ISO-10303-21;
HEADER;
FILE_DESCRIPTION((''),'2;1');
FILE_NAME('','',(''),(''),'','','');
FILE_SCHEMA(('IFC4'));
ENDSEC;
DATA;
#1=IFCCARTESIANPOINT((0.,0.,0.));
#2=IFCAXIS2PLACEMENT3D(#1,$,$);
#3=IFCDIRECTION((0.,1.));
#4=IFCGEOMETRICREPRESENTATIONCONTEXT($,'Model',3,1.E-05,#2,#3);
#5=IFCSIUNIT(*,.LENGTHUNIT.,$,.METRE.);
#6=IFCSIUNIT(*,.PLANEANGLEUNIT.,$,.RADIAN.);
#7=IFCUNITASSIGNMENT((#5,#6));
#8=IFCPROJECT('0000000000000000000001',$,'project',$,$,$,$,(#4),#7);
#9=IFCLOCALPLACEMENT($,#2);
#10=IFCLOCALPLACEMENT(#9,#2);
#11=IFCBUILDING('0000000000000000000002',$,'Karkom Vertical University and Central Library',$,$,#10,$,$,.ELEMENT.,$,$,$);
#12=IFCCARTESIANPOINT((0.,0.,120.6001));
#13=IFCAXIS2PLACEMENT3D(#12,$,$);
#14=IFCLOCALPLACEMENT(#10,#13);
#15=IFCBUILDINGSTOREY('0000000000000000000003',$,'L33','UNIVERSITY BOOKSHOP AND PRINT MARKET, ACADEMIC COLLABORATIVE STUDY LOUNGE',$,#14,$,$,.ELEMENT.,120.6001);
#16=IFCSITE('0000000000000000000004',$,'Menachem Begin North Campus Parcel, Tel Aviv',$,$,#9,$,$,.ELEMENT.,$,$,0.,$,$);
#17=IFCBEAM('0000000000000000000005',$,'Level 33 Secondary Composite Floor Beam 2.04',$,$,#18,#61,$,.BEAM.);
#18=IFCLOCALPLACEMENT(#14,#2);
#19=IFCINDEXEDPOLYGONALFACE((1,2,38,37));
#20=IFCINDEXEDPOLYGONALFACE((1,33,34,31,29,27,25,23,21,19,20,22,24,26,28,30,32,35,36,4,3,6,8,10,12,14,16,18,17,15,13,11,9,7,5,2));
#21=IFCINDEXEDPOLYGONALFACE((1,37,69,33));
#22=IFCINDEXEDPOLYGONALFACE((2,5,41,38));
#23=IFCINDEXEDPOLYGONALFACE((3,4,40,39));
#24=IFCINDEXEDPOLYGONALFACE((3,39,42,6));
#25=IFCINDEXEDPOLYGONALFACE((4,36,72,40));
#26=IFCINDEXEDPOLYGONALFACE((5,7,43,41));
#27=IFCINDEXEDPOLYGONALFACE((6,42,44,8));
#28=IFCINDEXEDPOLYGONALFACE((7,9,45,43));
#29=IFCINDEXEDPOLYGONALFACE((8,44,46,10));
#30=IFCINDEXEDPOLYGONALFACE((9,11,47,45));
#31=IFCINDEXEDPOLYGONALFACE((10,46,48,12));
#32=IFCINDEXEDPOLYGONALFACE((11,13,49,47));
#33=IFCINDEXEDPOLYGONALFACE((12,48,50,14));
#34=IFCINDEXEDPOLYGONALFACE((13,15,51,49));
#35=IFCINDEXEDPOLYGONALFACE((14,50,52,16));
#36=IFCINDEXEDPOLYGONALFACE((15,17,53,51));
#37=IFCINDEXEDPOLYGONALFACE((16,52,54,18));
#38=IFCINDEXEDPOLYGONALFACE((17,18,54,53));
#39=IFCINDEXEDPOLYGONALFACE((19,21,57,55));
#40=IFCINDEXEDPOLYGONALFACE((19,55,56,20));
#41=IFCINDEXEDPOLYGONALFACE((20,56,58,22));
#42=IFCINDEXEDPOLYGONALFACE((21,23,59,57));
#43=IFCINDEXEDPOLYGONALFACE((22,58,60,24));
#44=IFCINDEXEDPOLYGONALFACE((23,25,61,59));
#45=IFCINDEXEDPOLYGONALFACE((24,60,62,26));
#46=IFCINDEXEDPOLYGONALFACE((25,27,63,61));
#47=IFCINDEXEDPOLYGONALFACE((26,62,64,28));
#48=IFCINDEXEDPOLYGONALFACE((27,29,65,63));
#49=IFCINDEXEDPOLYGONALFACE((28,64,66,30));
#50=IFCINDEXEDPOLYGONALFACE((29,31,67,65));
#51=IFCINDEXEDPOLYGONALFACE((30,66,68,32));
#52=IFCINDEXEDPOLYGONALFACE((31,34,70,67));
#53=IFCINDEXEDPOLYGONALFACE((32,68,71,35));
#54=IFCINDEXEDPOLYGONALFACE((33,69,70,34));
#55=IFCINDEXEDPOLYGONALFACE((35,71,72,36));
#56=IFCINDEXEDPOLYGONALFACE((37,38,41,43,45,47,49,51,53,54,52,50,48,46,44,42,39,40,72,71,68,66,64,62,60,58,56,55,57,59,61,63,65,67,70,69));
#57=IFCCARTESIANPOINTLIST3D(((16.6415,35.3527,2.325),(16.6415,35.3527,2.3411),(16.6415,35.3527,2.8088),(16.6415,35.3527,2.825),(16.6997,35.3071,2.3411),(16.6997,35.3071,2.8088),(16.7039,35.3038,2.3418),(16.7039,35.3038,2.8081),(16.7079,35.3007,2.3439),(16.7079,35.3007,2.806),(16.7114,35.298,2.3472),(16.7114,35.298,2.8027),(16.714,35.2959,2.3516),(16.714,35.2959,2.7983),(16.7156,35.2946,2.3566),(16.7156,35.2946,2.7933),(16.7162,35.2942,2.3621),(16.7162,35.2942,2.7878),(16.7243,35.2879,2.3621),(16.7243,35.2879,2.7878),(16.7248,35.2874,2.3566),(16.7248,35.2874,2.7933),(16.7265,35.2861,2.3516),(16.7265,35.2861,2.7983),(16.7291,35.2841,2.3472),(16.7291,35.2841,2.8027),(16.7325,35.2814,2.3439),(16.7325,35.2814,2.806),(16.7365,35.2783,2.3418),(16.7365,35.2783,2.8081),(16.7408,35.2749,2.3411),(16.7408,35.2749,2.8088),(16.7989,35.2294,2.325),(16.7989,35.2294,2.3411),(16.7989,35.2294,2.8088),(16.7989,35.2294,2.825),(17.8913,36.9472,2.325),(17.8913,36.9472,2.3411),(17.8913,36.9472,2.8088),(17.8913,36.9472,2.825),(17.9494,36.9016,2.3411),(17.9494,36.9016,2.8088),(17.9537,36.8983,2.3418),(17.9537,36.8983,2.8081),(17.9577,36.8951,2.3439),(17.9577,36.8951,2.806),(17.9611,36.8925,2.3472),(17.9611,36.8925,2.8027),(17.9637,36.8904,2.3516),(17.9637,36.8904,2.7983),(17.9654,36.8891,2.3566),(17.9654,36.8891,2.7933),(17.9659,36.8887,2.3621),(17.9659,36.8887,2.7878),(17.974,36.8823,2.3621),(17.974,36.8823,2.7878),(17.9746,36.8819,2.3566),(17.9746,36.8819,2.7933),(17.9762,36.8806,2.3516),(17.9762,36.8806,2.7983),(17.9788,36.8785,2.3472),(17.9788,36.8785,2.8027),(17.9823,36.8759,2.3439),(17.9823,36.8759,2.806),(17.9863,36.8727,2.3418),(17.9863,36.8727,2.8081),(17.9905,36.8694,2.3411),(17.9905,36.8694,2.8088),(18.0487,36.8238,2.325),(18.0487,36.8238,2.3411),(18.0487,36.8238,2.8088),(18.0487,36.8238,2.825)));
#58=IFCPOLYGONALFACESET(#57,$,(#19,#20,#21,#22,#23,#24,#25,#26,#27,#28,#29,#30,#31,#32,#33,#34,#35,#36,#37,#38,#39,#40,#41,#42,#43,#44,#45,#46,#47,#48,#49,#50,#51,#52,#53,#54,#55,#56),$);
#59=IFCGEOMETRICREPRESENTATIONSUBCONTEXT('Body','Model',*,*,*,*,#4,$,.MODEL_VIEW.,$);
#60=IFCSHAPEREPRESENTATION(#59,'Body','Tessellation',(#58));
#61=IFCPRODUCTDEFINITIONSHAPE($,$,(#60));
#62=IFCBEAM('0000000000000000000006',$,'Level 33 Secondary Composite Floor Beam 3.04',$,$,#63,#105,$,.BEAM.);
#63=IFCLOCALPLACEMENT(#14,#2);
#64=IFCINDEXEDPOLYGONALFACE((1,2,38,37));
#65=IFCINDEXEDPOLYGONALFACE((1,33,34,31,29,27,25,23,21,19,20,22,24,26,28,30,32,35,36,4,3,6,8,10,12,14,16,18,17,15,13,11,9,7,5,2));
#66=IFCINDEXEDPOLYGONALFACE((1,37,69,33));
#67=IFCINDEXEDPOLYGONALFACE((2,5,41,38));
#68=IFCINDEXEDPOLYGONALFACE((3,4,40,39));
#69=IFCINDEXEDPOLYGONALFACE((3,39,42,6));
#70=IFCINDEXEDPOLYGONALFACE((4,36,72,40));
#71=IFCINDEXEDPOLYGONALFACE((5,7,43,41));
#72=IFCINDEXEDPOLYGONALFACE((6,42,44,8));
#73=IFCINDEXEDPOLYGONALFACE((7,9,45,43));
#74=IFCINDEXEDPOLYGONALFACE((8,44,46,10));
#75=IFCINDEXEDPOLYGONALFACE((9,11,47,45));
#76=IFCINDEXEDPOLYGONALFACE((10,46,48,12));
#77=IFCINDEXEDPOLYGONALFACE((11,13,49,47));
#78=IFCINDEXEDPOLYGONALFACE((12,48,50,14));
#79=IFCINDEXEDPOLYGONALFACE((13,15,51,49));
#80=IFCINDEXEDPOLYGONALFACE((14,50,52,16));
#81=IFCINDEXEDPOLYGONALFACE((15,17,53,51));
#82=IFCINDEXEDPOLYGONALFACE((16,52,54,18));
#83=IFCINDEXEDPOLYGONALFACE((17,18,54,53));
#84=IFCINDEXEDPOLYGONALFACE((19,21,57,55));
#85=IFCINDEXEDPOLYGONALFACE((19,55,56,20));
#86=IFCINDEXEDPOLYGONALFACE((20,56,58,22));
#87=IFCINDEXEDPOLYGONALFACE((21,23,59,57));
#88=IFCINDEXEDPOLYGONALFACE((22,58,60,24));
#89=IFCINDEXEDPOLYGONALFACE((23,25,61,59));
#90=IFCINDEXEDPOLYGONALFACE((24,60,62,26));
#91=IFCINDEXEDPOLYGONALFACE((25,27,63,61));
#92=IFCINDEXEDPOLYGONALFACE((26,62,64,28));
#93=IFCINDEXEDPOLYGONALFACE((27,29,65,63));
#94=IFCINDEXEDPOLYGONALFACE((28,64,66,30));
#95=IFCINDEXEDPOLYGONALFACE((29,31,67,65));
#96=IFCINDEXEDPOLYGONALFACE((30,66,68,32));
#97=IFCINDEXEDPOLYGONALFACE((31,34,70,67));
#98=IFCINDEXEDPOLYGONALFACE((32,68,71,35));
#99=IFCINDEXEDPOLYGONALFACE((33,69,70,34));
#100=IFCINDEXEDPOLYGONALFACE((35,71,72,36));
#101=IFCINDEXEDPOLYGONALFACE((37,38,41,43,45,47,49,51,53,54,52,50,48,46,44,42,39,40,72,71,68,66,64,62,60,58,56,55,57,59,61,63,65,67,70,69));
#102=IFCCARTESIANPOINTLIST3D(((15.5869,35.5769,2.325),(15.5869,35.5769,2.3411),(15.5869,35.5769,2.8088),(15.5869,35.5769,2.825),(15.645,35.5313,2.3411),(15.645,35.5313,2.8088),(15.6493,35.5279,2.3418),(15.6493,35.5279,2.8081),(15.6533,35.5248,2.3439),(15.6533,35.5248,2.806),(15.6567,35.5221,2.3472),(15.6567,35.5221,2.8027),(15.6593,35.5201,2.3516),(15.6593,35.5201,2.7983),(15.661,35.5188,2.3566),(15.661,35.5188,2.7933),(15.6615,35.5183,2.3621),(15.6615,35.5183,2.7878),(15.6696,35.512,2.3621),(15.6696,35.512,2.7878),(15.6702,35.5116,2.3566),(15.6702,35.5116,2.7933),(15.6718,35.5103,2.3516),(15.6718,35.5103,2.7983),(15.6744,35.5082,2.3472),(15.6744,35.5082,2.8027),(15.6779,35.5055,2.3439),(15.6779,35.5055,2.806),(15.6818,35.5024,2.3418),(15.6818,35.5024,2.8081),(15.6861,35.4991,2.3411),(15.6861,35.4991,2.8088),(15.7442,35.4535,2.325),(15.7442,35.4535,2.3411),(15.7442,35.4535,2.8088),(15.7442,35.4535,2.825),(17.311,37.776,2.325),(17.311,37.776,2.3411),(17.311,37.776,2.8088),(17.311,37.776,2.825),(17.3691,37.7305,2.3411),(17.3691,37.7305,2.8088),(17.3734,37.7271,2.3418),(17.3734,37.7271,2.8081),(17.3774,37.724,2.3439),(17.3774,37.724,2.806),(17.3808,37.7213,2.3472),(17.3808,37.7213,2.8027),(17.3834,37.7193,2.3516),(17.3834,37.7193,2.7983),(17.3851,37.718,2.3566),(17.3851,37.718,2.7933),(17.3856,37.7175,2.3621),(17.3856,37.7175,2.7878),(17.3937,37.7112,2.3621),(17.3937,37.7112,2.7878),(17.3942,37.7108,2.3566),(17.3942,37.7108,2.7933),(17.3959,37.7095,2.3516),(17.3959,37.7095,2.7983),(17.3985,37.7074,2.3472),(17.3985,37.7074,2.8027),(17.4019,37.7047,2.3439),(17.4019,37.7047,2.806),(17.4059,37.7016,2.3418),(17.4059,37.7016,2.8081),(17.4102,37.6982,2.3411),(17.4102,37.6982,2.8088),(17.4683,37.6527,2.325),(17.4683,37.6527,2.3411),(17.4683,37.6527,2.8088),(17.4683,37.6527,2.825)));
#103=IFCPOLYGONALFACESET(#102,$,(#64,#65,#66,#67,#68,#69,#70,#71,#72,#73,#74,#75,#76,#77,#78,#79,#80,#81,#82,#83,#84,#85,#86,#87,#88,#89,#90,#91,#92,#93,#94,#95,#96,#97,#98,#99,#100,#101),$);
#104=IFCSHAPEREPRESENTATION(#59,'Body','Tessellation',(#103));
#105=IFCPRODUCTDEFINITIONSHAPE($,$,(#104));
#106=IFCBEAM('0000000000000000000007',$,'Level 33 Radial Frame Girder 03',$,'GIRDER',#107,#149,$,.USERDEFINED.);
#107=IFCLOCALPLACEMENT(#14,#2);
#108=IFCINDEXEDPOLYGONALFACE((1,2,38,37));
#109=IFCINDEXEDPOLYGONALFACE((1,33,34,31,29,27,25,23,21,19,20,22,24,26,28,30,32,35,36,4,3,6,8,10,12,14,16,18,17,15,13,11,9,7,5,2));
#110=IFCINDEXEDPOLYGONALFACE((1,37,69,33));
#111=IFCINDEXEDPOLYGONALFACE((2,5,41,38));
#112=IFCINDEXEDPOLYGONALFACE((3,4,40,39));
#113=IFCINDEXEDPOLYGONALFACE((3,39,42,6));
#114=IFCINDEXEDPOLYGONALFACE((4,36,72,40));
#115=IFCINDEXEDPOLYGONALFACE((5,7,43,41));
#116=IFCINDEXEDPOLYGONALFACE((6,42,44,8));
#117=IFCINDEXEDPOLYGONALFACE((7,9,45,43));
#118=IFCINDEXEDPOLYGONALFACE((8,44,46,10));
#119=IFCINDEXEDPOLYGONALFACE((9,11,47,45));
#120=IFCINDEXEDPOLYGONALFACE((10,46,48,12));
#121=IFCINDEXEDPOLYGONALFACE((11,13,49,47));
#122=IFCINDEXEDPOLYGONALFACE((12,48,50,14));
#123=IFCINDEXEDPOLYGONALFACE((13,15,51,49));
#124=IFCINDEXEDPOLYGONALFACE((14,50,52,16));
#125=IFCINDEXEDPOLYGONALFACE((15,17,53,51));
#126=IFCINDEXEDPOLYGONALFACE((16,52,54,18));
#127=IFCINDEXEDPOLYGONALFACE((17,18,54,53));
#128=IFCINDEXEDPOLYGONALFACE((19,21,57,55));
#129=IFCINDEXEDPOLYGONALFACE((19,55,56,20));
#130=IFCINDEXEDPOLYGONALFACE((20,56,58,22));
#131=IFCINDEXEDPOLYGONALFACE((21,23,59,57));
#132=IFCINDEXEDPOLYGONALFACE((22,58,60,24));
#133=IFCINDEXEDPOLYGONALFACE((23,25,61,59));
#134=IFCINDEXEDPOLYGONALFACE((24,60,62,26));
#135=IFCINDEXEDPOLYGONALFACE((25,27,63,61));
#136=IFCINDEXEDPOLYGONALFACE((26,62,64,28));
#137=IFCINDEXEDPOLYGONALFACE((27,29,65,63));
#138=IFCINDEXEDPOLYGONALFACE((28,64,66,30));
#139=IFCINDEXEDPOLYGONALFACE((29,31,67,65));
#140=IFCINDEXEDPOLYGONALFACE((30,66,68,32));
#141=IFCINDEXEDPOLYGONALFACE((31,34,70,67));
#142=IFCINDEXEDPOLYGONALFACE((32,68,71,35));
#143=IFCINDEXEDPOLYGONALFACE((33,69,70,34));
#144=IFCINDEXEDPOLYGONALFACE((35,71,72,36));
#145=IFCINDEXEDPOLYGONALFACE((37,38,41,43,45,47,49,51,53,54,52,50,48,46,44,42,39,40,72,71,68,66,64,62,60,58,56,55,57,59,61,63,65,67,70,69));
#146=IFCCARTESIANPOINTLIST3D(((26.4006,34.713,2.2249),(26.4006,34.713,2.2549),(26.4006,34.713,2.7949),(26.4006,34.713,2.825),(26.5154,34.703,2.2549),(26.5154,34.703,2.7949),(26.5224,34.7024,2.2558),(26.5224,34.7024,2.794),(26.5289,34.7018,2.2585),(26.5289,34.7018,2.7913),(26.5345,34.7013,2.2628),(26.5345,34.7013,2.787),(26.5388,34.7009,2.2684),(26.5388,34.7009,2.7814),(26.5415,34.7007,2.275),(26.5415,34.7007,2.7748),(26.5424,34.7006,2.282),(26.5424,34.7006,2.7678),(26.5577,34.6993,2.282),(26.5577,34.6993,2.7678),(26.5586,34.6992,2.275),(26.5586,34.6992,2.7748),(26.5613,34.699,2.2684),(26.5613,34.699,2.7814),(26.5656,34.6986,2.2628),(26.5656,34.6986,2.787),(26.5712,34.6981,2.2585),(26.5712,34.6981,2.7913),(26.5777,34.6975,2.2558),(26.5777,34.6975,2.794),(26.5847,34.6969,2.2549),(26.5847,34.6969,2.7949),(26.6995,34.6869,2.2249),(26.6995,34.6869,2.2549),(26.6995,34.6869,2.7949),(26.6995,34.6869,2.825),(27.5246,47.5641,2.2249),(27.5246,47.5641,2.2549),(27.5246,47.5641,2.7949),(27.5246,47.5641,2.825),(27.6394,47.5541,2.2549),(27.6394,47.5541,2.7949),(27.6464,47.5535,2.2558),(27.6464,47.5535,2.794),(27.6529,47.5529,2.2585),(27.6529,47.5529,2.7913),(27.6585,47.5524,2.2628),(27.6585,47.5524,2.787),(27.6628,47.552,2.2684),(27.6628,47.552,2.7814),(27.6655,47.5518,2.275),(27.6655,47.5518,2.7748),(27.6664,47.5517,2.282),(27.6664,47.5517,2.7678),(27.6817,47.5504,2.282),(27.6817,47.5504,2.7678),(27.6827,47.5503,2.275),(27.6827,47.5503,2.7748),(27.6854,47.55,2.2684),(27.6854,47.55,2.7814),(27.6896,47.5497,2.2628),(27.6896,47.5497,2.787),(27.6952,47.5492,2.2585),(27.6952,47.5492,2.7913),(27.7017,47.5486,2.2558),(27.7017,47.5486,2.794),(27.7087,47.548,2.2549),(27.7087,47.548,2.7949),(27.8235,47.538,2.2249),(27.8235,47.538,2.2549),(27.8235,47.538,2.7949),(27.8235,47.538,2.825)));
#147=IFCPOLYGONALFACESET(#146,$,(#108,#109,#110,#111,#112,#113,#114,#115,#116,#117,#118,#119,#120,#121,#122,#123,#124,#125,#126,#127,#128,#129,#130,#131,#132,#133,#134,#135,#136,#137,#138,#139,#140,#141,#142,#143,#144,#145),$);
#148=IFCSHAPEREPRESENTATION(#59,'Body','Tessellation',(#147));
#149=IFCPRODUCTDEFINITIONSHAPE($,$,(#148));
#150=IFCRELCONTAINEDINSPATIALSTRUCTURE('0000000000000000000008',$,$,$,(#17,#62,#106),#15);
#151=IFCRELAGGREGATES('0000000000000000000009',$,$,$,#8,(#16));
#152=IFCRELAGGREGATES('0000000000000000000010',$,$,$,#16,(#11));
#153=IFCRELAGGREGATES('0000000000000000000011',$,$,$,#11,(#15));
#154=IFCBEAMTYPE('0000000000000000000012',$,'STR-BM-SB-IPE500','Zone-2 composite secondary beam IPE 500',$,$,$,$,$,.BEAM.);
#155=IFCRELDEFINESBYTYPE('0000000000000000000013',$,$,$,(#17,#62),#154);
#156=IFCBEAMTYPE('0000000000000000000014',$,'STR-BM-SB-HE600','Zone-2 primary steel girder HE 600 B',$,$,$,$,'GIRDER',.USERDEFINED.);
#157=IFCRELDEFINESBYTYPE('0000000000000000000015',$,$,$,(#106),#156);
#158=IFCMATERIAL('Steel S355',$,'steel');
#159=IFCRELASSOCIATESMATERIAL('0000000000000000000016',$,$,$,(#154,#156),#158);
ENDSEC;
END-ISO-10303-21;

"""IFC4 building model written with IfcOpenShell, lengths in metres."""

from ifc_helpers import new_model, si_unit, direction, frame, origin, origin_with_axes, origin_2d, place, context, subcontext, project, spatial, i_section, extrude, source, transform, mapped, material, material_profile, profile_set, type_object, element, save


model = new_model("IFC4")

# Units and contexts
model_context = context("Model", 3, precision=1e-05, world=origin(), true_north=direction((0.0, 1.0)))
body_context = subcontext(model_context, "Body", "Model", "MODEL_VIEW")
ifc_project = project(units=[si_unit("LENGTHUNIT", "METRE"), si_unit("PLANEANGLEUNIT", "RADIAN")], contexts=[model_context])

# Site, building, storey
site_placement = place(None, origin())
site = spatial("IfcSite", under=ifc_project, at=site_placement, Name="Menachem Begin North Campus Parcel, Tel Aviv", CompositionType="ELEMENT", RefElevation=0.0)
building_placement = place(site_placement, origin())
building = spatial("IfcBuilding", under=site, at=building_placement, Name="Karkom Vertical University and Central Library", CompositionType="ELEMENT")
storey_placement = place(building_placement, frame((0.0, 0.0, 120.6001)))
storey = spatial("IfcBuildingStorey", under=building, at=storey_placement, Name="L33", Description="UNIVERSITY BOOKSHOP AND PRINT MARKET, ACADEMIC COLLABORATIVE STUDY LOUNGE", CompositionType="ELEMENT", Elevation=120.6001)

# Beams
ifc_material_1 = material(Name="Steel S355", Category="steel")
ifc_material_profile_1 = material_profile(ifc_material_1, i_section(OverallWidth=0.2, OverallDepth=0.5, WebThickness=0.0103, FlangeThickness=0.0161, FilletRadius=0.021, at=origin_2d()), Name="IPE 500")
ifc_profile_set_1 = profile_set([ifc_material_profile_1], Name="Steel S355")
beam_type_1 = type_object("IfcBeamType", Name="STR-BM-SB-IPE500", Description="Zone-2 composite secondary beam IPE 500", PredefinedType="BEAM", material=ifc_profile_set_1)
shared_shape_1 = source(origin_with_axes(), body_context, "Body", "SweptSolid", [
    extrude(i_section(OverallWidth=0.2, OverallDepth=0.5, WebThickness=0.0103, FlangeThickness=0.0161, FilletRadius=0.021, at=origin_2d()), origin(), (0.0, 0.0, 1.0), 2.0259),
])
beam_1_placement = place(storey_placement, frame((17.97, 36.8855, 2.575), z_axis=(-0.61689, -0.78705, 0.0), x_axis=(0.78705, -0.61689, 0.0)))
element("IfcBeam", 1, at=beam_1_placement, inside=storey, type_object=beam_type_1, Name="Level 33 Secondary Composite Floor Beam 2.04", PredefinedType="BEAM", context=body_context, shape_type="MappedRepresentation", body=[
    mapped(shared_shape_1, transform((0.0, 0.0, 0.0), scale=1.0)),
])
shared_shape_2 = source(origin_with_axes(), body_context, "Body", "SweptSolid", [
    extrude(i_section(OverallWidth=0.2, OverallDepth=0.5, WebThickness=0.0103, FlangeThickness=0.0161, FilletRadius=0.021, at=origin_2d()), origin(), (0.0, 0.0, 1.0), 2.7944),
])
beam_2_placement = place(storey_placement, frame((17.3896, 37.7144, 2.575), z_axis=(-0.616972, -0.786985, 0.0), x_axis=(0.786985, -0.616972, 0.0)))
element("IfcBeam", 2, at=beam_2_placement, inside=storey, type_object=beam_type_1, Name="Level 33 Secondary Composite Floor Beam 3.04", PredefinedType="BEAM", context=body_context, shape_type="MappedRepresentation", body=[
    mapped(shared_shape_2, transform((0.0, 0.0, 0.0), scale=1.0)),
])
ifc_material_profile_2 = material_profile(ifc_material_1, i_section(OverallWidth=0.3, OverallDepth=0.6001, WebThickness=0.0154, FlangeThickness=0.03, FilletRadius=0.0271, at=origin_2d()), Name="HE 600 B")
ifc_profile_set_2 = profile_set([ifc_material_profile_2], Name="Steel S355")
beam_type_2 = type_object("IfcBeamType", Name="STR-BM-SB-HE600", Description="Zone-2 primary steel girder HE 600 B", ElementType="GIRDER", PredefinedType="USERDEFINED", material=ifc_profile_set_2)
shared_shape_3 = source(origin_with_axes(), body_context, "Body", "SweptSolid", [
    extrude(i_section(OverallWidth=0.3, OverallDepth=0.6001, WebThickness=0.0154, FlangeThickness=0.03, FilletRadius=0.0271, at=origin_2d()), origin(), (0.0, 0.0, 1.0), 12.9001),
])
beam_3_placement = place(storey_placement, frame((26.55, 34.7, 2.5249), z_axis=(0.087133, 0.996197, 0.0), x_axis=(-0.996197, 0.087133, 0.0)))
element("IfcBeam", 3, at=beam_3_placement, inside=storey, type_object=beam_type_2, Name="Level 33 Radial Frame Girder 03", ObjectType="GIRDER", PredefinedType="USERDEFINED", context=body_context, shape_type="MappedRepresentation", body=[
    mapped(shared_shape_3, transform((0.0, 0.0, 0.0), scale=1.0)),
])

save(model, "model.ifc")
